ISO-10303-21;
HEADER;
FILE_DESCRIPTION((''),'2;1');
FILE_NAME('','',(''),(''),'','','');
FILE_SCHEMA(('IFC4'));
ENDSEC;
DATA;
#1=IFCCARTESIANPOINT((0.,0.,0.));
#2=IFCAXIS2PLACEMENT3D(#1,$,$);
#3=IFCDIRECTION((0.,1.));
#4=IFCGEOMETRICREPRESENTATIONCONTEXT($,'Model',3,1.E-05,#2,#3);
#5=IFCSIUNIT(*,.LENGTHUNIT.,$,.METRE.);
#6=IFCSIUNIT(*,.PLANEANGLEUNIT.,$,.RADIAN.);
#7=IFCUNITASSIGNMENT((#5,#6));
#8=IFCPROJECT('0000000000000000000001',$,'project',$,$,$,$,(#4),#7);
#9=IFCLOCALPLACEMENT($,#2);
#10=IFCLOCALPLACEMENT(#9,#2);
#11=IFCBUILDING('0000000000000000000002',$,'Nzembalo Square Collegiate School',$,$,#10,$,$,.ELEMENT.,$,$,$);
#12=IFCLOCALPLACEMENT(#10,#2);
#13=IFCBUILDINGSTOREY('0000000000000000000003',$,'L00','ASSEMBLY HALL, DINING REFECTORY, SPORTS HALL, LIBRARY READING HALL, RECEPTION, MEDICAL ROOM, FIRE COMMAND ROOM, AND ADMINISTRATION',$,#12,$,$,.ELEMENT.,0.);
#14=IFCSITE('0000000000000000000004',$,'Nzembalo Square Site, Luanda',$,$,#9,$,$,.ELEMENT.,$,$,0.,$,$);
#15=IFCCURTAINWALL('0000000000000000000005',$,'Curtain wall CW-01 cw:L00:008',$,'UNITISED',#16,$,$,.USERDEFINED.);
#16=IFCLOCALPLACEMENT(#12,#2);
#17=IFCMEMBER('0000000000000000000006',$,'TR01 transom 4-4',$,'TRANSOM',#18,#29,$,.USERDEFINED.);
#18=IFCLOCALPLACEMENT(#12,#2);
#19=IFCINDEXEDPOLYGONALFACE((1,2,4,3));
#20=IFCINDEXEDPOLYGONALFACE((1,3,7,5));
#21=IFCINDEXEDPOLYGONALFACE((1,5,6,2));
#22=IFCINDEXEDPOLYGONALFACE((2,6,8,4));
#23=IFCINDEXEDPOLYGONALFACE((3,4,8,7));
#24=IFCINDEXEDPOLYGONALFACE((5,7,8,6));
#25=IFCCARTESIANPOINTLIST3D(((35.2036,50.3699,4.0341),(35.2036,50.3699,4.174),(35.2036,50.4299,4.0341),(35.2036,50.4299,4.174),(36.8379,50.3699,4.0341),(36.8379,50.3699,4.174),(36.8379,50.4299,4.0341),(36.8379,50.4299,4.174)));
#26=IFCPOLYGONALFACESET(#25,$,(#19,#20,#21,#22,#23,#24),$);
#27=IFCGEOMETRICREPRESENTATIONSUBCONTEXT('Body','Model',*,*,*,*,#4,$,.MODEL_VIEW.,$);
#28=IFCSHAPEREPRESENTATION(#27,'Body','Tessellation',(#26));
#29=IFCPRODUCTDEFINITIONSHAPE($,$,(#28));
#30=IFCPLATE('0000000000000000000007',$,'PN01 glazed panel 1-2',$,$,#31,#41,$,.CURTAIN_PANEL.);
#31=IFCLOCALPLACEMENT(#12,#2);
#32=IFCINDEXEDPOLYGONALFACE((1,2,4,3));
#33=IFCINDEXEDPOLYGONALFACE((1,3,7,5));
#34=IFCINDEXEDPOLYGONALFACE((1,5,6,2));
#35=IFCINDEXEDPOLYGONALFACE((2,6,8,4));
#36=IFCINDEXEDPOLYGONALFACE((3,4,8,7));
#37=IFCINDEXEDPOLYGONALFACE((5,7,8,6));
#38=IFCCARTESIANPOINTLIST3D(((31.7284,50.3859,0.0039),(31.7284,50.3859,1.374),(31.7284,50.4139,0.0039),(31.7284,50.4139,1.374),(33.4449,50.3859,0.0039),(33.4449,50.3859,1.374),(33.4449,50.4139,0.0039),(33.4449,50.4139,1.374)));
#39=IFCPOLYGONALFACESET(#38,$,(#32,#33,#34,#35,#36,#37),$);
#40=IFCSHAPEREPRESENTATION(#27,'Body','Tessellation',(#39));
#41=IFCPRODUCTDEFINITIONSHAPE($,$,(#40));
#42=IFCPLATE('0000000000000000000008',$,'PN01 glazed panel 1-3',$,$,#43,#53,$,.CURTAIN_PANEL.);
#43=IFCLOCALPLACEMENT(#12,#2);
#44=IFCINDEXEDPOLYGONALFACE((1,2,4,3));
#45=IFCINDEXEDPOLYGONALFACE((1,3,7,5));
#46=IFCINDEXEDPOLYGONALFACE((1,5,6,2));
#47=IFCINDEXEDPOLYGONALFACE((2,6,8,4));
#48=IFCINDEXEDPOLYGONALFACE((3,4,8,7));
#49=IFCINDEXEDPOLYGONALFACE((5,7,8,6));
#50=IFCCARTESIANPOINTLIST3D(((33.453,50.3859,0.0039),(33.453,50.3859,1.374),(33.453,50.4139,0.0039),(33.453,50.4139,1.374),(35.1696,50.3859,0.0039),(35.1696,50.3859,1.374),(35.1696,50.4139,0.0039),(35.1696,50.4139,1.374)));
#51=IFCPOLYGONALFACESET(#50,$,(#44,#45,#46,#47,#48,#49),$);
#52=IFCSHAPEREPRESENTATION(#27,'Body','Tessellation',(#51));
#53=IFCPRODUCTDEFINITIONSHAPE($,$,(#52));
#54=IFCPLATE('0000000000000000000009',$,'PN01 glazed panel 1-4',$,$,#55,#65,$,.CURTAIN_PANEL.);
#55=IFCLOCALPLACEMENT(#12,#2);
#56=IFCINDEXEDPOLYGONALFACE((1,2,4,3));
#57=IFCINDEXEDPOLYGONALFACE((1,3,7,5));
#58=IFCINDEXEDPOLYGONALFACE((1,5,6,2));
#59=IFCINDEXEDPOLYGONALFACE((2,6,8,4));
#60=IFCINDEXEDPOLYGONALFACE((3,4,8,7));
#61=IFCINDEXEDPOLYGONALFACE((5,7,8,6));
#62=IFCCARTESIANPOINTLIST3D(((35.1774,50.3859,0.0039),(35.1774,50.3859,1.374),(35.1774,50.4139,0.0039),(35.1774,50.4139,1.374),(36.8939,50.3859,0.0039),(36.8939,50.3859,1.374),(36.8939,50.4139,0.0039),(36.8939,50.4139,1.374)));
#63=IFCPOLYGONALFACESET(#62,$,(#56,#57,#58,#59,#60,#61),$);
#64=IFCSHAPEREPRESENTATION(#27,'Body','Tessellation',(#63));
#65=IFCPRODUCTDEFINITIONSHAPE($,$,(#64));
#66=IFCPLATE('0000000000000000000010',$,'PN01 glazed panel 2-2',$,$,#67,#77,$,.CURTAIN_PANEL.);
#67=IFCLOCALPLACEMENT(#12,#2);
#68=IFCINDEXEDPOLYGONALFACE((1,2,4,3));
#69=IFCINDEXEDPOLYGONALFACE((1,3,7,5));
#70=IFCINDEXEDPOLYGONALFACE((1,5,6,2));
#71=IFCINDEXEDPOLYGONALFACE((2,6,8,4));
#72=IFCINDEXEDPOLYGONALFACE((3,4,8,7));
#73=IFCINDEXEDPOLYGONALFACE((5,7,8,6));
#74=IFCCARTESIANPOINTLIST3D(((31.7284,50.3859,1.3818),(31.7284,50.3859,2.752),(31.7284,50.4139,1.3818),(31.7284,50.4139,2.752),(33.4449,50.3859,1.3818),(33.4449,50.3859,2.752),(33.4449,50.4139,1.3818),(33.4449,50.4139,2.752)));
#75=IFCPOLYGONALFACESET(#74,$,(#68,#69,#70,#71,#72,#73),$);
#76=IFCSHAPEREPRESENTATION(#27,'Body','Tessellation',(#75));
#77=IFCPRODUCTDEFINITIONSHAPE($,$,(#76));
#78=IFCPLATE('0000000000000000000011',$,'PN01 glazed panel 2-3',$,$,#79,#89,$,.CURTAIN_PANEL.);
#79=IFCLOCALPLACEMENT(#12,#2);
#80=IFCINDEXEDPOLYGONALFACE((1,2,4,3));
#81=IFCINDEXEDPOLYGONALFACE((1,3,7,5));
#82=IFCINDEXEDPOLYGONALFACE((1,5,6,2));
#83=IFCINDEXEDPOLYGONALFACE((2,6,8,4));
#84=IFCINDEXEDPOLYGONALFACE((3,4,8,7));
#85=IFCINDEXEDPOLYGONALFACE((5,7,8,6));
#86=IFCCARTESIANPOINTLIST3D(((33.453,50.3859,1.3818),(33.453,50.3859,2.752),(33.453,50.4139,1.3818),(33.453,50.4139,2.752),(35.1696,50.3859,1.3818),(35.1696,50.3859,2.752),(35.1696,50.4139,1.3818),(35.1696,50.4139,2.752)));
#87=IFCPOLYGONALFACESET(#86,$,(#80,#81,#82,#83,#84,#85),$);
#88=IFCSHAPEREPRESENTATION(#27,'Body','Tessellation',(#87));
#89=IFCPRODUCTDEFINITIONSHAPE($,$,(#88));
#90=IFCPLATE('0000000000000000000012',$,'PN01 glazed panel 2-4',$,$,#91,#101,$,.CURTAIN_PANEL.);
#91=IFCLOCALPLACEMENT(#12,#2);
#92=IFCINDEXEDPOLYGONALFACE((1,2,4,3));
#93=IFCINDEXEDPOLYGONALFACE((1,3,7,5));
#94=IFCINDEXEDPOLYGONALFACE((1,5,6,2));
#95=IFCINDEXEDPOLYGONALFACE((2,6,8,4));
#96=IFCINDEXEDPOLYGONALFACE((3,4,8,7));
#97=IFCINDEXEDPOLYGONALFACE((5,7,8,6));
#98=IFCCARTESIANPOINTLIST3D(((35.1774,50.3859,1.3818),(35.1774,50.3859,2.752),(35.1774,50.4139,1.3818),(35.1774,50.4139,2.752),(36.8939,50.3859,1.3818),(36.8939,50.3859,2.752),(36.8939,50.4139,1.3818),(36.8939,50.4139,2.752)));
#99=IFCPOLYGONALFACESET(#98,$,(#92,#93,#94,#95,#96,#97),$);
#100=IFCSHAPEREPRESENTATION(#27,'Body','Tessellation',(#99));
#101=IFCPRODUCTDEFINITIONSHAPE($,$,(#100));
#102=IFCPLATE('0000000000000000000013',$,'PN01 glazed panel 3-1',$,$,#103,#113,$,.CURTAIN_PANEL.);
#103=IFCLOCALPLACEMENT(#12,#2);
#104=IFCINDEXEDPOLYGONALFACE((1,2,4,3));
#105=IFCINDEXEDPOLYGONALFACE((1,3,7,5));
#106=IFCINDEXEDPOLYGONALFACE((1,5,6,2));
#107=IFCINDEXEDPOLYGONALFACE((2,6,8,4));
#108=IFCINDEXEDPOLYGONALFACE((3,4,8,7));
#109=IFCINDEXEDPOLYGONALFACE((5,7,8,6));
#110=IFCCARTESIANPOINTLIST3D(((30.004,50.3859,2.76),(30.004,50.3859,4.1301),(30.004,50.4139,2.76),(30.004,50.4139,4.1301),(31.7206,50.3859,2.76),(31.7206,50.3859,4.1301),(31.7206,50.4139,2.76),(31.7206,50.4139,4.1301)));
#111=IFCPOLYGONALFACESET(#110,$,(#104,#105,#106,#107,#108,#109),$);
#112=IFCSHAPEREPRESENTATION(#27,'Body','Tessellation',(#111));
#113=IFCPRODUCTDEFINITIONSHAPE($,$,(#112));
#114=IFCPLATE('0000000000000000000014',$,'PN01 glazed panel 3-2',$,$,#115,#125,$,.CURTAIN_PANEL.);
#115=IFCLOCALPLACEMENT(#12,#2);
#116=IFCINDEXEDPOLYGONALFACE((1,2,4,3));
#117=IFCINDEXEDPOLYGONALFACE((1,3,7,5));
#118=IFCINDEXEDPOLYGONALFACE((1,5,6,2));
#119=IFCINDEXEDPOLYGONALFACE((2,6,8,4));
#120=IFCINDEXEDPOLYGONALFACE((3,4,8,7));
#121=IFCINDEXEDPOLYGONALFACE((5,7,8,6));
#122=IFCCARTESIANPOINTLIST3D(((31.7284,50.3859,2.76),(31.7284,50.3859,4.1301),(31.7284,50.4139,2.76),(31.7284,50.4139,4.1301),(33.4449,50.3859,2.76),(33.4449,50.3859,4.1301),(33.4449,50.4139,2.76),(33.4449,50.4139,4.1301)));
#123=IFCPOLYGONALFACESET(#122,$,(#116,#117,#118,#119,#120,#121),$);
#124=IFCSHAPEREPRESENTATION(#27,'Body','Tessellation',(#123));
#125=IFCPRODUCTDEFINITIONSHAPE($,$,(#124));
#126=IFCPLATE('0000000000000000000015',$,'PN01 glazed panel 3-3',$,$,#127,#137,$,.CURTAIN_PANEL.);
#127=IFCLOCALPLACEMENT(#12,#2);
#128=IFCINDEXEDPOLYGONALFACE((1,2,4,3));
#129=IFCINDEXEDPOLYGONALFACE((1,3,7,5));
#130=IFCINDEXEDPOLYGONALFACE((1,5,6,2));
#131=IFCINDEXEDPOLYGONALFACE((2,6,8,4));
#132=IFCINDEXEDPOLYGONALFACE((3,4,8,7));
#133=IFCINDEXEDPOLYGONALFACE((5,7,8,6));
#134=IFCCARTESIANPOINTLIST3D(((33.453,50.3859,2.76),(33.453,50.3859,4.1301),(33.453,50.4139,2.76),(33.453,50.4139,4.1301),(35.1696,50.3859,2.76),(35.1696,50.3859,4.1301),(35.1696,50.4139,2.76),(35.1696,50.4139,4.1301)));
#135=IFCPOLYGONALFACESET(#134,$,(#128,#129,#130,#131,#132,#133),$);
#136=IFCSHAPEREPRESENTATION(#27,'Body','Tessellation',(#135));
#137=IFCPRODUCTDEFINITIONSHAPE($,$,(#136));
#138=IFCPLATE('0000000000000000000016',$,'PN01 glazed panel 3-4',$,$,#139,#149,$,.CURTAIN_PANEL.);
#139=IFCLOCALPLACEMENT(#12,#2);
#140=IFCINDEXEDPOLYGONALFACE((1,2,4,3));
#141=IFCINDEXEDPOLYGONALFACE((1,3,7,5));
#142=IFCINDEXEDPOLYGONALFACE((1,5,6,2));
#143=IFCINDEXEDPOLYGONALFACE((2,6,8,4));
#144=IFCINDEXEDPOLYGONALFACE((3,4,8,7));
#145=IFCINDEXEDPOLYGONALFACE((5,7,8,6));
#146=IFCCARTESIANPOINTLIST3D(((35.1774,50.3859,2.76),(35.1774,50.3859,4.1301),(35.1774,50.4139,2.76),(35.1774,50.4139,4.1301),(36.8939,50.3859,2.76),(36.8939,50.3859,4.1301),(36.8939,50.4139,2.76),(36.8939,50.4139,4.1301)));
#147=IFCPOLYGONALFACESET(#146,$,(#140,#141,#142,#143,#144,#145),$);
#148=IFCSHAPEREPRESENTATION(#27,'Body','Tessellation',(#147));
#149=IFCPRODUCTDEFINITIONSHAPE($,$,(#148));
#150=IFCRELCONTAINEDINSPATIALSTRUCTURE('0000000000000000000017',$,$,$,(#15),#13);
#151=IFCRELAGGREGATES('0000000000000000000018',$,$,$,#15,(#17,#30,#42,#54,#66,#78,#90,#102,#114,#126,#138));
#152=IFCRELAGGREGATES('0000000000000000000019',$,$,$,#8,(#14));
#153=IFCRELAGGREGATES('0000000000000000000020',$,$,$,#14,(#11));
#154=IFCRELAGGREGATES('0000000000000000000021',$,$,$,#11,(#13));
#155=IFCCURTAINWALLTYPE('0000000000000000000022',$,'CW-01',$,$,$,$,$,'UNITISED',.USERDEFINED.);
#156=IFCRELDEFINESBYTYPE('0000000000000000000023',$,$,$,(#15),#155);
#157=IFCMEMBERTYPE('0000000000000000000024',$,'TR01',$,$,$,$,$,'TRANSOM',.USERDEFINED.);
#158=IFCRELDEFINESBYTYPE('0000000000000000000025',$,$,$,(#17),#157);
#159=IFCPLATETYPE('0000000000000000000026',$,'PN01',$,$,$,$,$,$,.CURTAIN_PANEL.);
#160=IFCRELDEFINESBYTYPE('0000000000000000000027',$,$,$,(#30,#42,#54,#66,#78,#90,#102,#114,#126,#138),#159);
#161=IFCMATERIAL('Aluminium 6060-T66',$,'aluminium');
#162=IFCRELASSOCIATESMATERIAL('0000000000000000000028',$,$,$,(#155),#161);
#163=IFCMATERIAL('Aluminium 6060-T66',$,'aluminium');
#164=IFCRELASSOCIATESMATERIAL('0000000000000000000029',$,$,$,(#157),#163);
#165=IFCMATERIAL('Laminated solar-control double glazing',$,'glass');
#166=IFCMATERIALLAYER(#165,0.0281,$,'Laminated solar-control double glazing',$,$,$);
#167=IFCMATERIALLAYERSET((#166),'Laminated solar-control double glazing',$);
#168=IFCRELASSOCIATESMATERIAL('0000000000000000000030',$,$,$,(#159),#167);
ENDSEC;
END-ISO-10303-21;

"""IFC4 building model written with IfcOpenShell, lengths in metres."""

from ifc_helpers import new_model, si_unit, direction, frame, origin, origin_2d, place, context, subcontext, project, spatial, rectangle, extrude, material, layer, layer_set, material_profile, profile_set, type_object, element, aggregate, save


model = new_model("IFC4")

# Units and contexts
model_context = context("Model", 3, precision=1e-05, world=origin(), true_north=direction((0.0, 1.0)))
body_context = subcontext(model_context, "Body", "Model", "MODEL_VIEW")
ifc_project = project(units=[si_unit("LENGTHUNIT", "METRE"), si_unit("PLANEANGLEUNIT", "RADIAN")], contexts=[model_context])

# Site, building, storey
site_placement = place(None, origin())
site = spatial("IfcSite", under=ifc_project, at=site_placement, Name="Nzembalo Square Site, Luanda", CompositionType="ELEMENT", RefElevation=0.0)
building_placement = place(site_placement, origin())
building = spatial("IfcBuilding", under=site, at=building_placement, Name="Nzembalo Square Collegiate School", CompositionType="ELEMENT")
storey_placement = place(building_placement, origin())
storey = spatial("IfcBuildingStorey", under=building, at=storey_placement, Name="L00", Description="ASSEMBLY HALL, DINING REFECTORY, SPORTS HALL, LIBRARY READING HALL, RECEPTION, MEDICAL ROOM, FIRE COMMAND ROOM, AND ADMINISTRATION", CompositionType="ELEMENT", Elevation=0.0)

# Curtain wall, member, plates
ifc_material_1 = material(Name="Aluminium 6060-T66", Category="aluminium")
curtain_wall_type = type_object("IfcCurtainWallType", Name="CW-01", ElementType="UNITISED", PredefinedType="USERDEFINED", material=ifc_material_1)
curtain_wall_placement = place(storey_placement, origin())
curtain_wall = element("IfcCurtainWall", 1, at=curtain_wall_placement, inside=storey, type_object=curtain_wall_type, Name="Curtain wall CW-01 cw:L00:008", ObjectType="UNITISED", PredefinedType="USERDEFINED")
ifc_material_2 = material(Name="Aluminium 6060-T66", Category="aluminium")
ifc_material_profile_1 = material_profile(ifc_material_2, rectangle(XDim=0.0601, YDim=0.1399, at=origin_2d()), Name="ALU T60x140")
ifc_profile_set_1 = profile_set([ifc_material_profile_1], Name="Aluminium 6060-T66")
member_type_1 = type_object("IfcMemberType", Name="TR01", ElementType="TRANSOM", PredefinedType="USERDEFINED", material=ifc_profile_set_1)
member_1_placement = place(storey_placement, frame((35.2036, 50.3999, 4.104), z_axis=(1.0, 0.0, 0.0), x_axis=(0.0, 1.0, 0.0)))
member_1 = element("IfcMember", 2, at=member_1_placement, type_object=member_type_1, Name="TR01 transom 4-4", ObjectType="TRANSOM", PredefinedType="USERDEFINED", context=body_context, shape_type="SweptSolid", body=[
    extrude(rectangle(XDim=0.0601, YDim=0.1399, at=origin_2d()), origin(), (0.0, 0.0, 1.0), 1.6343),
])
ifc_material_3 = material(Name="Laminated solar-control double glazing", Category="glass")
ifc_layer = layer(ifc_material_3, 0.0281, Name="Laminated solar-control double glazing")
ifc_layer_set = layer_set([ifc_layer], Name="Laminated solar-control double glazing")
plate_type = type_object("IfcPlateType", Name="PN01", PredefinedType="CURTAIN_PANEL", material=ifc_layer_set)
plate_1_placement = place(storey_placement, frame((32.5867, 50.3999, 0.0039), z_axis=(0.0, 0.0, 1.0), x_axis=(1.0, 0.0, 0.0)))
plate_1 = element("IfcPlate", 3, at=plate_1_placement, type_object=plate_type, Name="PN01 glazed panel 1-2", PredefinedType="CURTAIN_PANEL", context=body_context, shape_type="SweptSolid", body=[
    extrude(rectangle(XDim=1.7166, YDim=0.0281, at=origin_2d()), origin(), (0.0, 0.0, 1.0), 1.3701),
])
plate_2_placement = place(storey_placement, frame((34.3113, 50.3999, 0.0039), z_axis=(0.0, 0.0, 1.0), x_axis=(1.0, 0.0, 0.0)))
plate_2 = element("IfcPlate", 4, at=plate_2_placement, type_object=plate_type, Name="PN01 glazed panel 1-3", PredefinedType="CURTAIN_PANEL", context=body_context, shape_type="SweptSolid", body=[
    extrude(rectangle(XDim=1.7166, YDim=0.0281, at=origin_2d()), origin(), (0.0, 0.0, 1.0), 1.3701),
])
plate_3_placement = place(storey_placement, frame((36.0356, 50.3999, 0.0039), z_axis=(0.0, 0.0, 1.0), x_axis=(1.0, 0.0, 0.0)))
plate_3 = element("IfcPlate", 5, at=plate_3_placement, type_object=plate_type, Name="PN01 glazed panel 1-4", PredefinedType="CURTAIN_PANEL", context=body_context, shape_type="SweptSolid", body=[
    extrude(rectangle(XDim=1.7166, YDim=0.0281, at=origin_2d()), origin(), (0.0, 0.0, 1.0), 1.3701),
])
plate_4_placement = place(storey_placement, frame((32.5867, 50.3999, 1.3818), z_axis=(0.0, 0.0, 1.0), x_axis=(1.0, 0.0, 0.0)))
plate_4 = element("IfcPlate", 6, at=plate_4_placement, type_object=plate_type, Name="PN01 glazed panel 2-2", PredefinedType="CURTAIN_PANEL", context=body_context, shape_type="SweptSolid", body=[
    extrude(rectangle(XDim=1.7166, YDim=0.0281, at=origin_2d()), origin(), (0.0, 0.0, 1.0), 1.3701),
])
plate_5_placement = place(storey_placement, frame((34.3113, 50.3999, 1.3818), z_axis=(0.0, 0.0, 1.0), x_axis=(1.0, 0.0, 0.0)))
plate_5 = element("IfcPlate", 7, at=plate_5_placement, type_object=plate_type, Name="PN01 glazed panel 2-3", PredefinedType="CURTAIN_PANEL", context=body_context, shape_type="SweptSolid", body=[
    extrude(rectangle(XDim=1.7166, YDim=0.0281, at=origin_2d()), origin(), (0.0, 0.0, 1.0), 1.3701),
])
plate_6_placement = place(storey_placement, frame((36.0356, 50.3999, 1.3818), z_axis=(0.0, 0.0, 1.0), x_axis=(1.0, 0.0, 0.0)))
plate_6 = element("IfcPlate", 8, at=plate_6_placement, type_object=plate_type, Name="PN01 glazed panel 2-4", PredefinedType="CURTAIN_PANEL", context=body_context, shape_type="SweptSolid", body=[
    extrude(rectangle(XDim=1.7166, YDim=0.0281, at=origin_2d()), origin(), (0.0, 0.0, 1.0), 1.3701),
])
plate_7_placement = place(storey_placement, frame((30.8623, 50.3999, 2.76), z_axis=(0.0, 0.0, 1.0), x_axis=(1.0, 0.0, 0.0)))
plate_7 = element("IfcPlate", 9, at=plate_7_placement, type_object=plate_type, Name="PN01 glazed panel 3-1", PredefinedType="CURTAIN_PANEL", context=body_context, shape_type="SweptSolid", body=[
    extrude(rectangle(XDim=1.7166, YDim=0.0281, at=origin_2d()), origin(), (0.0, 0.0, 1.0), 1.3701),
])
plate_8_placement = place(storey_placement, frame((32.5867, 50.3999, 2.76), z_axis=(0.0, 0.0, 1.0), x_axis=(1.0, 0.0, 0.0)))
plate_8 = element("IfcPlate", 10, at=plate_8_placement, type_object=plate_type, Name="PN01 glazed panel 3-2", PredefinedType="CURTAIN_PANEL", context=body_context, shape_type="SweptSolid", body=[
    extrude(rectangle(XDim=1.7166, YDim=0.0281, at=origin_2d()), origin(), (0.0, 0.0, 1.0), 1.3701),
])
plate_9_placement = place(storey_placement, frame((34.3113, 50.3999, 2.76), z_axis=(0.0, 0.0, 1.0), x_axis=(1.0, 0.0, 0.0)))
plate_9 = element("IfcPlate", 11, at=plate_9_placement, type_object=plate_type, Name="PN01 glazed panel 3-3", PredefinedType="CURTAIN_PANEL", context=body_context, shape_type="SweptSolid", body=[
    extrude(rectangle(XDim=1.7166, YDim=0.0281, at=origin_2d()), origin(), (0.0, 0.0, 1.0), 1.3701),
])
plate_10_placement = place(storey_placement, frame((36.0356, 50.3999, 2.76), z_axis=(0.0, 0.0, 1.0), x_axis=(1.0, 0.0, 0.0)))
plate_10 = element("IfcPlate", 12, at=plate_10_placement, type_object=plate_type, Name="PN01 glazed panel 3-4", PredefinedType="CURTAIN_PANEL", context=body_context, shape_type="SweptSolid", body=[
    extrude(rectangle(XDim=1.7166, YDim=0.0281, at=origin_2d()), origin(), (0.0, 0.0, 1.0), 1.3701),
])
aggregate(curtain_wall, [member_1, plate_1, plate_2, plate_3, plate_4, plate_5, plate_6, plate_7, plate_8, plate_9, plate_10])

save(model, "model.ifc")
